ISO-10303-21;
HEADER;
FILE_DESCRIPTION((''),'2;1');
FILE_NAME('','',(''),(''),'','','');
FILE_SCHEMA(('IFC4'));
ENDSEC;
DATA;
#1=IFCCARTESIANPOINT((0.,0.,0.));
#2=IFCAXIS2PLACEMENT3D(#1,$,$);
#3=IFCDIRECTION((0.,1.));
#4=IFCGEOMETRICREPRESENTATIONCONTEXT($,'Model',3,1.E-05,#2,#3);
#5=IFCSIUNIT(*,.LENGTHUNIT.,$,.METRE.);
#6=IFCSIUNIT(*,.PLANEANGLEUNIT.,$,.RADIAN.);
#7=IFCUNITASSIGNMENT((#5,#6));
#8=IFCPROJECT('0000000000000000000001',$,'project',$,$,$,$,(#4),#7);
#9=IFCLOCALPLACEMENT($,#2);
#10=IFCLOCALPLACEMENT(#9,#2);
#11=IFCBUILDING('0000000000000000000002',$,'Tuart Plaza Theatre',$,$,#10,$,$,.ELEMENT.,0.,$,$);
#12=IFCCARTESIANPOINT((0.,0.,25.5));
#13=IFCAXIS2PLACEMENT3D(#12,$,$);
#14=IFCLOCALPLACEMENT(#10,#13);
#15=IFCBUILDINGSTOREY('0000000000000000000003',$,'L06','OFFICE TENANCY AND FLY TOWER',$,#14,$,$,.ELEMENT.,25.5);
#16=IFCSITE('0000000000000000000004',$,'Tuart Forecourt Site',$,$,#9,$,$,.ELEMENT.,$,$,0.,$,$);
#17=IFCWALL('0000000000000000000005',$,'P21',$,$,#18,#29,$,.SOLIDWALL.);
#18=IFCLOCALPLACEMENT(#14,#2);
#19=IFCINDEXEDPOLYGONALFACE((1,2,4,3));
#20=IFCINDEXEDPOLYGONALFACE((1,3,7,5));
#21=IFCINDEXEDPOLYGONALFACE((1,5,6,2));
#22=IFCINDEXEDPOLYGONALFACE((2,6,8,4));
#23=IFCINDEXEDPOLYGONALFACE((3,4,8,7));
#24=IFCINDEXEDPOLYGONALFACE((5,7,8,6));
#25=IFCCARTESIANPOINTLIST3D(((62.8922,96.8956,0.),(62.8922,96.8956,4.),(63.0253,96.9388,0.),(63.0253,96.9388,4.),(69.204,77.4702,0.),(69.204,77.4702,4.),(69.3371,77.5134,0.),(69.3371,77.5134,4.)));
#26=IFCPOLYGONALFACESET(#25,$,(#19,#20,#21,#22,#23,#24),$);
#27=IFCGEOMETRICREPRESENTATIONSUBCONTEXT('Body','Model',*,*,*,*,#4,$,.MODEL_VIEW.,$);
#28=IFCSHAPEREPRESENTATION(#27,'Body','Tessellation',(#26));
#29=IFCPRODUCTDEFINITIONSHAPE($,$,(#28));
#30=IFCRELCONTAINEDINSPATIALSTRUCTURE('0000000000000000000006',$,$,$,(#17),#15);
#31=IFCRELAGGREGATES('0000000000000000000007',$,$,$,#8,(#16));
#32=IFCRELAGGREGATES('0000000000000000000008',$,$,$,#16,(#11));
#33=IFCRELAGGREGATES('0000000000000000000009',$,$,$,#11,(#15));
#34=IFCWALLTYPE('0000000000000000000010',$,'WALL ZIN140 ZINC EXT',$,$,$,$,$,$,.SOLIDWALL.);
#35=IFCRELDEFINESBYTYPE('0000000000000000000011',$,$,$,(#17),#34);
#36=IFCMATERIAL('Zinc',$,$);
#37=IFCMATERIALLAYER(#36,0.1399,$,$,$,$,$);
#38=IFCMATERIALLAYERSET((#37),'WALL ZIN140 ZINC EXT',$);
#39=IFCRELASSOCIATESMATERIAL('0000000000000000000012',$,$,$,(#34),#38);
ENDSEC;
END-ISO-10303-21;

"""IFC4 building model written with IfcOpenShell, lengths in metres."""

from ifc_helpers import new_model, si_unit, direction, frame, frame_2d, origin, place, context, subcontext, project, spatial, rectangle, extrude, material, layer, layer_set, type_object, element, save


model = new_model("IFC4")

# Units and contexts
model_context = context("Model", 3, precision=1e-05, world=origin(), true_north=direction((0.0, 1.0)))
body_context = subcontext(model_context, "Body", "Model", "MODEL_VIEW")
ifc_project = project(units=[si_unit("LENGTHUNIT", "METRE"), si_unit("PLANEANGLEUNIT", "RADIAN")], contexts=[model_context])

# Site, building, storey
site_placement = place(None, origin())
site = spatial("IfcSite", under=ifc_project, at=site_placement, Name="Tuart Forecourt Site", CompositionType="ELEMENT", RefElevation=0.0)
building_placement = place(site_placement, origin())
building = spatial("IfcBuilding", under=site, at=building_placement, Name="Tuart Plaza Theatre", CompositionType="ELEMENT", ElevationOfRefHeight=0.0)
storey_placement = place(building_placement, frame((0.0, 0.0, 25.5)))
storey = spatial("IfcBuildingStorey", under=building, at=storey_placement, Name="L06", Description="OFFICE TENANCY AND FLY TOWER", CompositionType="ELEMENT", Elevation=25.5)

# Wall
ifc_material_1 = material(Name="Zinc")
ifc_layer_1 = layer(ifc_material_1, 0.1399)
ifc_layer_set_1 = layer_set([ifc_layer_1], Name="WALL ZIN140 ZINC EXT")
wall_type_1 = type_object("IfcWallType", Name="WALL ZIN140 ZINC EXT", PredefinedType="SOLIDWALL", material=ifc_layer_set_1)
wall_1_placement = place(storey_placement, frame((69.2705, 77.4919, 0.0), z_axis=(0.0, 0.0, 1.0), x_axis=(-0.309022, 0.951055, 0.0)))
element("IfcWall", 1, at=wall_1_placement, inside=storey, type_object=wall_type_1, Name="P21", PredefinedType="SOLIDWALL", context=body_context, shape_type="SweptSolid", body=[
    extrude(rectangle(XDim=20.425, YDim=0.1399, at=frame_2d((10.2124, 0.0))), origin(), (0.0, 0.0, 1.0), 4.0),
])

save(model, "model.ifc")
